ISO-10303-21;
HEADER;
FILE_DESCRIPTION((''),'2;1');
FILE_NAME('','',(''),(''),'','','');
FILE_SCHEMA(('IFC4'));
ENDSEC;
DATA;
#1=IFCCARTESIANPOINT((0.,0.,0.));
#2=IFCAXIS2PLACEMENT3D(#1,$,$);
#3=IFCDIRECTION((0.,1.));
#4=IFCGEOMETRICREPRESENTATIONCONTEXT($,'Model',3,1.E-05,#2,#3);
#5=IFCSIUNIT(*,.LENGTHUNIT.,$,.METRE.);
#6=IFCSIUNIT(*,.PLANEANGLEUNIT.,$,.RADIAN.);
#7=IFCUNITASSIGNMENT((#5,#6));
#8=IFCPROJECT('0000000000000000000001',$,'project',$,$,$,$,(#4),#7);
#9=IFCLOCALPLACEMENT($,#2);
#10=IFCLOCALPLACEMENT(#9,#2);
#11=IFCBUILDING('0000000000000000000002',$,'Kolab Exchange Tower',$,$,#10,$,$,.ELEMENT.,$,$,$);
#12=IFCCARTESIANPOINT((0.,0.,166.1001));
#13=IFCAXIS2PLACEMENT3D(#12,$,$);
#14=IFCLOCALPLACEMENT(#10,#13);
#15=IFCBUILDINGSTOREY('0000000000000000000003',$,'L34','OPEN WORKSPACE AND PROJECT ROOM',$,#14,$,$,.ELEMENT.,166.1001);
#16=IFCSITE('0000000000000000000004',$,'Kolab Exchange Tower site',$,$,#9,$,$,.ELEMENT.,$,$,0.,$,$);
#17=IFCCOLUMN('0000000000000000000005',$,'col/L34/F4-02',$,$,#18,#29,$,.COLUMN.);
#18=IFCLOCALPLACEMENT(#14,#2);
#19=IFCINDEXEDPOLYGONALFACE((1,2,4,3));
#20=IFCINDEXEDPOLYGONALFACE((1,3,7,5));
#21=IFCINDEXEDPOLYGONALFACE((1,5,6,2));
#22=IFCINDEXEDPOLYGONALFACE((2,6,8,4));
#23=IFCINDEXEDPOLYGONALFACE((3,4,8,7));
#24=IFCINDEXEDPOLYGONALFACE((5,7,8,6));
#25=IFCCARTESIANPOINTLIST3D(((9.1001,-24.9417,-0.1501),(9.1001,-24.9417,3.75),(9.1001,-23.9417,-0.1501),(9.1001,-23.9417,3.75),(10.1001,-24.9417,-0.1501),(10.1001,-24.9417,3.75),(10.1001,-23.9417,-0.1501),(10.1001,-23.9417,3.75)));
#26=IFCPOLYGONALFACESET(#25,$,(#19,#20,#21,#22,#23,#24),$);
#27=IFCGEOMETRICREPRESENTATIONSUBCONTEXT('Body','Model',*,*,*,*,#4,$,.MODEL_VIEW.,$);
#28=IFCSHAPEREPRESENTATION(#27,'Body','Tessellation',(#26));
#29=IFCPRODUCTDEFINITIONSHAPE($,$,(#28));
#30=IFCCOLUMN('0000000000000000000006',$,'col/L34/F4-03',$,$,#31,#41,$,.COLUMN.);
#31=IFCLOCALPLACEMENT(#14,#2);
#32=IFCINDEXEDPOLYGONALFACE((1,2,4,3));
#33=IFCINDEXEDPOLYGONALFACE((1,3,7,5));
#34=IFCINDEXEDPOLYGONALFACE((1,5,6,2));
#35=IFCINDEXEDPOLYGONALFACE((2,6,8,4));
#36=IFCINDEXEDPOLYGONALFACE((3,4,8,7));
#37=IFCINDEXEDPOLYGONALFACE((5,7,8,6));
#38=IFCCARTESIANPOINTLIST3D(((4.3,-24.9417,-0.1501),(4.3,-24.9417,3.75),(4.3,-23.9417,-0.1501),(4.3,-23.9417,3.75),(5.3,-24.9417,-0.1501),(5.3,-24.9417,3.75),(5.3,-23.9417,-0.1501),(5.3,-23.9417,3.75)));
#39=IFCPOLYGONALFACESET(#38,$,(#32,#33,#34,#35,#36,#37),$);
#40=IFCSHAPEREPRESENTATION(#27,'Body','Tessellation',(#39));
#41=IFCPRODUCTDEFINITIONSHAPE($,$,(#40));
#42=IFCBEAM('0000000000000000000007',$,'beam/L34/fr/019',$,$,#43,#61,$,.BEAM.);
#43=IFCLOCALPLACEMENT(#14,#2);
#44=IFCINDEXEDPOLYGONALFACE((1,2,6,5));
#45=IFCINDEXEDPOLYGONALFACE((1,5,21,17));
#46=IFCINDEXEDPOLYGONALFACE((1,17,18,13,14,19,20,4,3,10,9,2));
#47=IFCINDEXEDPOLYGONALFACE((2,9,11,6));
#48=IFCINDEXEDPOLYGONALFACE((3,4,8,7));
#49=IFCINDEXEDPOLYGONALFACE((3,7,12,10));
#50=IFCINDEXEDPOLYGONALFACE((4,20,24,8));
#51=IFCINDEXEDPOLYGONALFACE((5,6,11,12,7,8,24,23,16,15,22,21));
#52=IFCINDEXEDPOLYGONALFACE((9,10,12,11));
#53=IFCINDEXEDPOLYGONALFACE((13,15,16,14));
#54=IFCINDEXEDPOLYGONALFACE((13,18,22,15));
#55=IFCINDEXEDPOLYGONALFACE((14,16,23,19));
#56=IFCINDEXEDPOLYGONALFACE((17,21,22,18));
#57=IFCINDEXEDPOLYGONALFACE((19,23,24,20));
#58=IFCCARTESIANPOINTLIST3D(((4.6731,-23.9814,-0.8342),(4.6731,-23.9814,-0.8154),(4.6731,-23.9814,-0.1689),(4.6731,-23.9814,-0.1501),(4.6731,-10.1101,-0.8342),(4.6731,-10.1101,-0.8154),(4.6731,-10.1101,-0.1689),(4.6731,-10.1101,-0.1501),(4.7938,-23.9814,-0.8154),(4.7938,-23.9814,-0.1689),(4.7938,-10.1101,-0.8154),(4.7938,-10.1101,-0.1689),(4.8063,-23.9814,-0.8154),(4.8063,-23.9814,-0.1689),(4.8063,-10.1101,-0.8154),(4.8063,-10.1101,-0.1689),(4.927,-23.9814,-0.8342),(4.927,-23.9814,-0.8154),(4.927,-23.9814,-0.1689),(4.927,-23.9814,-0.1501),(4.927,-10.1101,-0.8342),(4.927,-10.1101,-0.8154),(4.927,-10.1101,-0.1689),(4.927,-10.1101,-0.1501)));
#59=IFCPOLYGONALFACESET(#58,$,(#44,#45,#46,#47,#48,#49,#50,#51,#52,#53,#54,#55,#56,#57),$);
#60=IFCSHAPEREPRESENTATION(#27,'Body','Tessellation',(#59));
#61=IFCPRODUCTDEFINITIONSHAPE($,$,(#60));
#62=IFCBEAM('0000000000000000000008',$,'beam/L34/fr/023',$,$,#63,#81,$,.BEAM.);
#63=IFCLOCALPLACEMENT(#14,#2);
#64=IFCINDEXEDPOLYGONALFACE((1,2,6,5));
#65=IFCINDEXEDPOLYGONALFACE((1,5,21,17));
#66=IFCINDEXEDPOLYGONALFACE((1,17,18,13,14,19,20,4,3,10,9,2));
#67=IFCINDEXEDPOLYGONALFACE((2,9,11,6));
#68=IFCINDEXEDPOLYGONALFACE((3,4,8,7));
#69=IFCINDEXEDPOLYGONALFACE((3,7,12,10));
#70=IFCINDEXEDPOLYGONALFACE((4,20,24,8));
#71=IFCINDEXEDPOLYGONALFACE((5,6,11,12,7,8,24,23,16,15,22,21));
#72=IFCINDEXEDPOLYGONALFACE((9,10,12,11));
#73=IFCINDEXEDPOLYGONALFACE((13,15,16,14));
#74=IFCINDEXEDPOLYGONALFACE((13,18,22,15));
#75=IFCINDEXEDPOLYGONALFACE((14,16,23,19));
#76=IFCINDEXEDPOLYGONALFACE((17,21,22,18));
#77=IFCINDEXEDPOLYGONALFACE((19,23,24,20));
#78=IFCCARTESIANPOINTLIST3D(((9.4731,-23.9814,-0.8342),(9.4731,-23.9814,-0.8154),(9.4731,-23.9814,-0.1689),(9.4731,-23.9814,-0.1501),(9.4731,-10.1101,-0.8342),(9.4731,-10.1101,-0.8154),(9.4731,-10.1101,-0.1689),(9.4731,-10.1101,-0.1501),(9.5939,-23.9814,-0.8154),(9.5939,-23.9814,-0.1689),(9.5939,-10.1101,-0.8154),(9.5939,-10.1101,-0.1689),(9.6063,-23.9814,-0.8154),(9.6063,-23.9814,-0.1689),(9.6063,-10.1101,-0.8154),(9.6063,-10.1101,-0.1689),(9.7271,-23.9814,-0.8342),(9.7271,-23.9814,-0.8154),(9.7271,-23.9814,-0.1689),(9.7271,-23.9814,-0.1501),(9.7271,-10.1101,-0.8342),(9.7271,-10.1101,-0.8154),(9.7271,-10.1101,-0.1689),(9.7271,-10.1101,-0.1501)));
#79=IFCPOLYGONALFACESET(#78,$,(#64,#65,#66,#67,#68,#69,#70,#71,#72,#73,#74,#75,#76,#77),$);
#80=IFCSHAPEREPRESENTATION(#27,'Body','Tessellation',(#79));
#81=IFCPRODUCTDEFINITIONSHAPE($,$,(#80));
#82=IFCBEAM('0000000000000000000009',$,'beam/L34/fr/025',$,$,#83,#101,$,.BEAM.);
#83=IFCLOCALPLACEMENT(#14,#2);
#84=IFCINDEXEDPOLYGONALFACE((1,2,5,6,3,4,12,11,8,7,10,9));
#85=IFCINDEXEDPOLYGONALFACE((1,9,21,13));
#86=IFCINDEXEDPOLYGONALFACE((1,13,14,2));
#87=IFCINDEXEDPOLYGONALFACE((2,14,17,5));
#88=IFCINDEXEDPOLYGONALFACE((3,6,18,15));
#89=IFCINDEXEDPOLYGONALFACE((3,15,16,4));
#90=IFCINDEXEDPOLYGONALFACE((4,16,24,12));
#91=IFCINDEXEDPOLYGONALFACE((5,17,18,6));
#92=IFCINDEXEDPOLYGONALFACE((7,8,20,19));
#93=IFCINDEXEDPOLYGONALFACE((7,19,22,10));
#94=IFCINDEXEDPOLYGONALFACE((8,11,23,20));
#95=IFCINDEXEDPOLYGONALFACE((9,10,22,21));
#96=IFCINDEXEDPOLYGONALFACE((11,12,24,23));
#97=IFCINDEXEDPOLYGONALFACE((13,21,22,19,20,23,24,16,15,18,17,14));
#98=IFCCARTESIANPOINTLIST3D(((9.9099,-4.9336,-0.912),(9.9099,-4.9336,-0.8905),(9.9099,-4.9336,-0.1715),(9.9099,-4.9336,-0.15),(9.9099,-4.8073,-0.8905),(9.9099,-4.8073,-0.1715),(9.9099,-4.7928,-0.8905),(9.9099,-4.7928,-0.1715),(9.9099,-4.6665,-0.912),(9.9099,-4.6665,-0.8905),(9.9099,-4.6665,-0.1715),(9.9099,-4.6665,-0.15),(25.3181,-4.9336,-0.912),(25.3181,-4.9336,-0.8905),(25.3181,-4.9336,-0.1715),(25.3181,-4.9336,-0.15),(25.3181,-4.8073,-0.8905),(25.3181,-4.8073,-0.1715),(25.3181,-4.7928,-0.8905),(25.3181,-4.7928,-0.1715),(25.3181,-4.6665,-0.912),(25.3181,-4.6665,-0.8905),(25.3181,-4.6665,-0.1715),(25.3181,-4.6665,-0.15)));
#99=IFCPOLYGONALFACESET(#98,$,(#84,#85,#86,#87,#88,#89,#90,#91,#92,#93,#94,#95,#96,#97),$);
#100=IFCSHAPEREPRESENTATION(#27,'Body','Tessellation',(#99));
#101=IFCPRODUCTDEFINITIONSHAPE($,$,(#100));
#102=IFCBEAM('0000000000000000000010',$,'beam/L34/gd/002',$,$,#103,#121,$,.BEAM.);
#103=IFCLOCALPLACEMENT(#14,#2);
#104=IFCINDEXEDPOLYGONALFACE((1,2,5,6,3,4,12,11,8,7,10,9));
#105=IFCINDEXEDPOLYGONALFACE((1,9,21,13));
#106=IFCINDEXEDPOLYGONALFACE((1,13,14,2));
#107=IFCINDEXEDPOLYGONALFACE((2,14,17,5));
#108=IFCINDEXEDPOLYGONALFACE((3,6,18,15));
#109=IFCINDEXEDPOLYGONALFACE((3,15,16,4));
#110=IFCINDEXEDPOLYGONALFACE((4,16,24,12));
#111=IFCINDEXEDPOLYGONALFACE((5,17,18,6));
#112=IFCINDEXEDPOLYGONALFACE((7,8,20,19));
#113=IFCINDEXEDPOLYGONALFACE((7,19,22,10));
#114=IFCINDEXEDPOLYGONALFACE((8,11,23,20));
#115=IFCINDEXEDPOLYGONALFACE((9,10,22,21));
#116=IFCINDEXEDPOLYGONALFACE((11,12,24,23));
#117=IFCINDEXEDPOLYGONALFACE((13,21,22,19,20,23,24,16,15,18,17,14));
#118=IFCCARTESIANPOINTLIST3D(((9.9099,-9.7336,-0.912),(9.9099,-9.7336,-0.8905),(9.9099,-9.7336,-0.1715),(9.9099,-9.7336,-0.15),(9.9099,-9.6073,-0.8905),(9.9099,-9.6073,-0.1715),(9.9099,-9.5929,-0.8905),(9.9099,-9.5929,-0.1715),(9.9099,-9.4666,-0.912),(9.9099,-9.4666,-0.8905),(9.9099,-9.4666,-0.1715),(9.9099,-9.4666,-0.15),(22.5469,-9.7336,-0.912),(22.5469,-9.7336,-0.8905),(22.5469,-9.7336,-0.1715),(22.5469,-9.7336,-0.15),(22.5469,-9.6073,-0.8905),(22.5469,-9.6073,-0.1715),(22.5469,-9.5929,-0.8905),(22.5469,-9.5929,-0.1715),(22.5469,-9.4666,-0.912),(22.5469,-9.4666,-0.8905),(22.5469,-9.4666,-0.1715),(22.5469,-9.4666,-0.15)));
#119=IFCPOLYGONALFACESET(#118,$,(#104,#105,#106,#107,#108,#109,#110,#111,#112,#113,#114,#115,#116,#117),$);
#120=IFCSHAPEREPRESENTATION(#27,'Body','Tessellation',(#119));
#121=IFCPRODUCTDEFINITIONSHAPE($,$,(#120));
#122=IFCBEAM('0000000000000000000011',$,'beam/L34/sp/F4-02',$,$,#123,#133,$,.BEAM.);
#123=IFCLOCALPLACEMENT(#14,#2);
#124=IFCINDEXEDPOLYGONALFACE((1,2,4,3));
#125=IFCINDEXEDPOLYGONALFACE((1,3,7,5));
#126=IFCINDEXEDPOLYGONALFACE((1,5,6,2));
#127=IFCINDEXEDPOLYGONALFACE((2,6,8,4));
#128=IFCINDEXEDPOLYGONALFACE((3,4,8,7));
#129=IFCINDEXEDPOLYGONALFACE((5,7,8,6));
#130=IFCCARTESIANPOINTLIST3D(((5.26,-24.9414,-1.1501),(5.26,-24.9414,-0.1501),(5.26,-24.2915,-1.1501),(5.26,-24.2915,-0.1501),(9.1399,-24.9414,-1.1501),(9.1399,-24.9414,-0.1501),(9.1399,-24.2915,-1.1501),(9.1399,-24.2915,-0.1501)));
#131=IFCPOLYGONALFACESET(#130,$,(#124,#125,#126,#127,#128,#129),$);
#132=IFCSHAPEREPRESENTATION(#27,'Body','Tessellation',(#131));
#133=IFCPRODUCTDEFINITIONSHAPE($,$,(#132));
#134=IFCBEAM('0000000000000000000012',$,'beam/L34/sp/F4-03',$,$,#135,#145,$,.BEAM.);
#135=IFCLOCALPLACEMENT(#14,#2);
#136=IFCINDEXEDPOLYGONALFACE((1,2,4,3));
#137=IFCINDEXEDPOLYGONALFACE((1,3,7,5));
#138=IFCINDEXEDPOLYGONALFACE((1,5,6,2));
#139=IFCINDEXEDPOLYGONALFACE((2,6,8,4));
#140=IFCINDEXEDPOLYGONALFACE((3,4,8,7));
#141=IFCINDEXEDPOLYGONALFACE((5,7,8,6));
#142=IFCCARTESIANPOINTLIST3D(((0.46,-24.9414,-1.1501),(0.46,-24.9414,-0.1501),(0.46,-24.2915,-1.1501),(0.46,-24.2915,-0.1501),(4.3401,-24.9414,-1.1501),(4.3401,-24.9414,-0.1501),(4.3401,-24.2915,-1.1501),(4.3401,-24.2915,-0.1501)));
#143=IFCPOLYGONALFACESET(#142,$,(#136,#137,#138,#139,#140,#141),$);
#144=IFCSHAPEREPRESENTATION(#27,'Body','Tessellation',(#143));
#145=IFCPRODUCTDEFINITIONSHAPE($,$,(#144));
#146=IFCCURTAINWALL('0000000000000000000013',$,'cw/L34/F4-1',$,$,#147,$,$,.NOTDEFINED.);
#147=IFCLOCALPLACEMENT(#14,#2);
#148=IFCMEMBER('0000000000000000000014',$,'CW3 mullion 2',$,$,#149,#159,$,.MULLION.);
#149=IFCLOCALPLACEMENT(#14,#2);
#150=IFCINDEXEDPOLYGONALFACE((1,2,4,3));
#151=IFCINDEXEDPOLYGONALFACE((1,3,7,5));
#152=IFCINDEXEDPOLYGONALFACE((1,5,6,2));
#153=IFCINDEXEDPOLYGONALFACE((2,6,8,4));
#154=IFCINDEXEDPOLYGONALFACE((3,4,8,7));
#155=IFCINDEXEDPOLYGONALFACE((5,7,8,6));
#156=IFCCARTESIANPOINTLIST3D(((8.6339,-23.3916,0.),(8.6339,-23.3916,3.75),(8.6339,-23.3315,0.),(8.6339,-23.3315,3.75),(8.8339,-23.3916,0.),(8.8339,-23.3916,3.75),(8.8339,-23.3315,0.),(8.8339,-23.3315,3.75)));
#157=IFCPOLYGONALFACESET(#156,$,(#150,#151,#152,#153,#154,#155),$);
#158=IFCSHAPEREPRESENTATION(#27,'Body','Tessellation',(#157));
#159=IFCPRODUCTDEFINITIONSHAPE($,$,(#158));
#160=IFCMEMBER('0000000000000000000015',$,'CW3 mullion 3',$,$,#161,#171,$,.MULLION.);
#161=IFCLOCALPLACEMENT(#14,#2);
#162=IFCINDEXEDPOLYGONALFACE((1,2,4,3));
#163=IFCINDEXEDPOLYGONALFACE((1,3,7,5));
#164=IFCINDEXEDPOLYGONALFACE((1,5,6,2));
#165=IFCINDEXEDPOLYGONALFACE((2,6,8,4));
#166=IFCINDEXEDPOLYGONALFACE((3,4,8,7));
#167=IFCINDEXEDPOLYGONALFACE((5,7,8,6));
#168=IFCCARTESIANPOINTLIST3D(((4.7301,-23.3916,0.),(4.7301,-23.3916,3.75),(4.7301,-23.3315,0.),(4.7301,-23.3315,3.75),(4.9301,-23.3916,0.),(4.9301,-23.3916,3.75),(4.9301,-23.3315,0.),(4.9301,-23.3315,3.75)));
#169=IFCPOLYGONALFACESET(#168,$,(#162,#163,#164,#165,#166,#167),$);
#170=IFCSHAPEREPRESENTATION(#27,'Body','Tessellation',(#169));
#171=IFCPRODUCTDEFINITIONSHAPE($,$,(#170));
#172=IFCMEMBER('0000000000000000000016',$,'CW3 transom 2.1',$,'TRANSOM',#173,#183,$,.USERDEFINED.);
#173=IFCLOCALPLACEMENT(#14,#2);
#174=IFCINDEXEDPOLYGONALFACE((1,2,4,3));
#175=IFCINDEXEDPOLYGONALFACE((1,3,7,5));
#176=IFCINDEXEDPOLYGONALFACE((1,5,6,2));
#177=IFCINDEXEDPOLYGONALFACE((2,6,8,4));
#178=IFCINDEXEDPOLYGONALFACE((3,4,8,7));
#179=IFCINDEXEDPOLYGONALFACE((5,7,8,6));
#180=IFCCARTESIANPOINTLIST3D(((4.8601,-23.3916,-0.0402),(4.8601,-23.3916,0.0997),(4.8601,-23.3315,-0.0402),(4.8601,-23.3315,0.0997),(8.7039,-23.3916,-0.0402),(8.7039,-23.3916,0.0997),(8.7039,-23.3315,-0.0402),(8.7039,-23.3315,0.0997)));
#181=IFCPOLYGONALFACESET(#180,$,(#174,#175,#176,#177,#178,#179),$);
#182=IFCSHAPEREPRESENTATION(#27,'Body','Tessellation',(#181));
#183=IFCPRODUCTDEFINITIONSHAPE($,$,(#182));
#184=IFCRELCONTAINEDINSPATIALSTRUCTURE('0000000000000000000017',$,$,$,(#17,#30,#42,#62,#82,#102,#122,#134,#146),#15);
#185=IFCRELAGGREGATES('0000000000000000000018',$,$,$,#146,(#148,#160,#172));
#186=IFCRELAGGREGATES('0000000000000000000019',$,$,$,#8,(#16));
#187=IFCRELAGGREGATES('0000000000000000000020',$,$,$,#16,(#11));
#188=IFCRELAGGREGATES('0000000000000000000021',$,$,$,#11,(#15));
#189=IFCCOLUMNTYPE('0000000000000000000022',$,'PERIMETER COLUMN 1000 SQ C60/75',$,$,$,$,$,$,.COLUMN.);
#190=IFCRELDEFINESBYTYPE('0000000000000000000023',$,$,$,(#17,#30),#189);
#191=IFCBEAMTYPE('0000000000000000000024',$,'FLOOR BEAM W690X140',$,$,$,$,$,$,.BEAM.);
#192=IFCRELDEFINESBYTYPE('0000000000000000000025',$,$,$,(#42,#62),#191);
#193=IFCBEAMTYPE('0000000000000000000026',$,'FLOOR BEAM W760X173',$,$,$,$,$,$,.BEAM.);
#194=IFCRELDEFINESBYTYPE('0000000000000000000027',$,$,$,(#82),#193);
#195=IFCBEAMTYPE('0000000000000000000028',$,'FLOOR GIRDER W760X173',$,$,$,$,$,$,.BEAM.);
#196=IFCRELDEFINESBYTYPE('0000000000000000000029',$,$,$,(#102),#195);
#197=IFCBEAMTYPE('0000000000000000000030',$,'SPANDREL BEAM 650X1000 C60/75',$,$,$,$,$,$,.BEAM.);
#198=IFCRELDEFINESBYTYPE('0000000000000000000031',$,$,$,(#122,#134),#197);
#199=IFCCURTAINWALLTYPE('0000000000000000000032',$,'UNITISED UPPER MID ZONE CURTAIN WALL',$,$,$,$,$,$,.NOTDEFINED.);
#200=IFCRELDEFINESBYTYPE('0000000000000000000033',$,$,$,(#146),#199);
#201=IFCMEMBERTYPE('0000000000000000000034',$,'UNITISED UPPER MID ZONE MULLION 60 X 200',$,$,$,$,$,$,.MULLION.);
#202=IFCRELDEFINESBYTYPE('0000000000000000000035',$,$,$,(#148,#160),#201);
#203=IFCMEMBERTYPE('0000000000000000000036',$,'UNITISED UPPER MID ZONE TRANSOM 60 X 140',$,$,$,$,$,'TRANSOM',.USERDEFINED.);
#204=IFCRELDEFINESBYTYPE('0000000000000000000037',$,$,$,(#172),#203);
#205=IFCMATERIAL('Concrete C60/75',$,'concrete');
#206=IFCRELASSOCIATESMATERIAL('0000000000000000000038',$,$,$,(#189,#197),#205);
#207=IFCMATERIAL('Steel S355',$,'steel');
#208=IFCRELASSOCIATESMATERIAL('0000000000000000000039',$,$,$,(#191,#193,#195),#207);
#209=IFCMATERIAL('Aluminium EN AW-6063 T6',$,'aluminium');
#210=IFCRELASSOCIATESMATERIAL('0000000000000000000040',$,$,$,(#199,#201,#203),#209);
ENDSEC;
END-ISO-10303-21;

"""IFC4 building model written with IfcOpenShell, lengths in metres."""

from ifc_helpers import new_model, si_unit, direction, frame, origin, origin_2d, place, context, subcontext, project, spatial, rectangle, i_section, extrude, material, material_profile, profile_set, type_object, element, aggregate, save


model = new_model("IFC4")

# Units and contexts
model_context = context("Model", 3, precision=1e-05, world=origin(), true_north=direction((0.0, 1.0)))
body_context = subcontext(model_context, "Body", "Model", "MODEL_VIEW")
ifc_project = project(units=[si_unit("LENGTHUNIT", "METRE"), si_unit("PLANEANGLEUNIT", "RADIAN")], contexts=[model_context])

# Site, building, storey
site_placement = place(None, origin())
site = spatial("IfcSite", under=ifc_project, at=site_placement, Name="Kolab Exchange Tower site", CompositionType="ELEMENT", RefElevation=0.0)
building_placement = place(site_placement, origin())
building = spatial("IfcBuilding", under=site, at=building_placement, Name="Kolab Exchange Tower", CompositionType="ELEMENT")
storey_placement = place(building_placement, frame((0.0, 0.0, 166.1001)))
storey = spatial("IfcBuildingStorey", under=building, at=storey_placement, Name="L34", Description="OPEN WORKSPACE AND PROJECT ROOM", CompositionType="ELEMENT", Elevation=166.1001)

# Columns
ifc_material_1 = material(Name="Concrete C60/75", Category="concrete")
ifc_material_profile_1 = material_profile(ifc_material_1, rectangle(XDim=1.0, YDim=1.0, at=origin_2d()), Name="RC1000")
ifc_profile_set_1 = profile_set([ifc_material_profile_1], Name="Concrete C60/75")
column_type = type_object("IfcColumnType", Name="PERIMETER COLUMN 1000 SQ C60/75", PredefinedType="COLUMN", material=ifc_profile_set_1)
for number, where, z_axis, x_axis, name in (
    (1, (9.6001, -24.4417, -0.1501), (0.0, 0.0, 1.0), (1.0, 0.0, 0.0), "col/L34/F4-02"),
    (2, (4.8, -24.4417, -0.1501), (0.0, 0.0, 1.0), (1.0, 0.0, 0.0), "col/L34/F4-03"),
):
    element("IfcColumn", number, at=place(storey_placement, frame(where, z_axis=z_axis, x_axis=x_axis)), inside=storey, type_object=column_type, Name=name, PredefinedType="COLUMN", context=body_context, shape_type="SweptSolid", body=[
        extrude(rectangle(XDim=1.0, YDim=1.0, at=origin_2d()), origin(), (0.0, 0.0, 1.0), 3.9001),
    ])

# Beams
ifc_material_2 = material(Name="Steel S355", Category="steel")
ifc_material_profile_2 = material_profile(ifc_material_2, i_section(OverallWidth=0.2539, OverallDepth=0.6841, WebThickness=0.0125, FlangeThickness=0.0188, at=origin_2d()), Name="W690X140")
ifc_profile_set_2 = profile_set([ifc_material_profile_2], Name="Steel S355")
beam_type_1 = type_object("IfcBeamType", Name="FLOOR BEAM W690X140", PredefinedType="BEAM", material=ifc_profile_set_2)
for number, where, z_axis, x_axis, name in (
    (3, (4.8, -23.9814, -0.4922), (0.0, 1.0, 0.0), (-1.0, 0.0, 0.0), "beam/L34/fr/019"),
    (4, (9.6001, -23.9814, -0.4922), (0.0, 1.0, 0.0), (-1.0, 0.0, 0.0), "beam/L34/fr/023"),
):
    element("IfcBeam", number, at=place(storey_placement, frame(where, z_axis=z_axis, x_axis=x_axis)), inside=storey, type_object=beam_type_1, Name=name, PredefinedType="BEAM", context=body_context, shape_type="SweptSolid", body=[
        extrude(i_section(OverallWidth=0.2539, OverallDepth=0.6841, WebThickness=0.0125, FlangeThickness=0.0188, at=origin_2d()), origin(), (0.0, 0.0, 1.0), 13.8713),
    ])
ifc_material_profile_3 = material_profile(ifc_material_2, i_section(OverallWidth=0.2671, OverallDepth=0.762, WebThickness=0.0144, FlangeThickness=0.0215, at=origin_2d()), Name="W760X173")
ifc_profile_set_3 = profile_set([ifc_material_profile_3], Name="Steel S355")
beam_type_2 = type_object("IfcBeamType", Name="FLOOR BEAM W760X173", PredefinedType="BEAM", material=ifc_profile_set_3)
beam_1_placement = place(storey_placement, frame((9.9099, -4.8, -0.531), z_axis=(1.0, 0.0, 0.0), x_axis=(0.0, 1.0, 0.0)))
element("IfcBeam", 5, at=beam_1_placement, inside=storey, type_object=beam_type_2, Name="beam/L34/fr/025", PredefinedType="BEAM", context=body_context, shape_type="SweptSolid", body=[
    extrude(i_section(OverallWidth=0.2671, OverallDepth=0.762, WebThickness=0.0144, FlangeThickness=0.0215, at=origin_2d()), origin(), (0.0, 0.0, 1.0), 15.4082),
])
ifc_material_profile_4 = material_profile(ifc_material_2, i_section(OverallWidth=0.2671, OverallDepth=0.762, WebThickness=0.0144, FlangeThickness=0.0215, at=origin_2d()), Name="W760X173")
ifc_profile_set_4 = profile_set([ifc_material_profile_4], Name="Steel S355")
beam_type_3 = type_object("IfcBeamType", Name="FLOOR GIRDER W760X173", PredefinedType="BEAM", material=ifc_profile_set_4)
beam_2_placement = place(storey_placement, frame((9.9099, -9.6001, -0.531), z_axis=(1.0, 0.0, 0.0), x_axis=(0.0, 1.0, 0.0)))
element("IfcBeam", 6, at=beam_2_placement, inside=storey, type_object=beam_type_3, Name="beam/L34/gd/002", PredefinedType="BEAM", context=body_context, shape_type="SweptSolid", body=[
    extrude(i_section(OverallWidth=0.2671, OverallDepth=0.762, WebThickness=0.0144, FlangeThickness=0.0215, at=origin_2d()), origin(), (0.0, 0.0, 1.0), 12.637),
])
ifc_material_profile_5 = material_profile(ifc_material_1, rectangle(XDim=0.6499, YDim=1.0, at=origin_2d()), Name="RC650X1000")
ifc_profile_set_5 = profile_set([ifc_material_profile_5], Name="Concrete C60/75")
beam_type_4 = type_object("IfcBeamType", Name="SPANDREL BEAM 650X1000 C60/75", PredefinedType="BEAM", material=ifc_profile_set_5)
beam_3_placement = place(storey_placement, frame((9.1399, -24.6165, -0.6501), z_axis=(-1.0, 0.0, 0.0), x_axis=(0.0, -1.0, 0.0)))
element("IfcBeam", 7, at=beam_3_placement, inside=storey, type_object=beam_type_4, Name="beam/L34/sp/F4-02", PredefinedType="BEAM", context=body_context, shape_type="SweptSolid", body=[
    extrude(rectangle(XDim=0.6499, YDim=1.0, at=origin_2d()), origin(), (0.0, 0.0, 1.0), 3.8799),
])
beam_4_placement = place(storey_placement, frame((4.3401, -24.6165, -0.6501), z_axis=(-1.0, 0.0, 0.0), x_axis=(0.0, -1.0, 0.0)))
element("IfcBeam", 8, at=beam_4_placement, inside=storey, type_object=beam_type_4, Name="beam/L34/sp/F4-03", PredefinedType="BEAM", context=body_context, shape_type="SweptSolid", body=[
    extrude(rectangle(XDim=0.6499, YDim=1.0, at=origin_2d()), origin(), (0.0, 0.0, 1.0), 3.8801),
])

# Curtain wall, members
ifc_material_3 = material(Name="Aluminium EN AW-6063 T6", Category="aluminium")
curtain_wall_type = type_object("IfcCurtainWallType", Name="UNITISED UPPER MID ZONE CURTAIN WALL", PredefinedType="NOTDEFINED", material=ifc_material_3)
curtain_wall_placement = place(storey_placement, origin())
curtain_wall = element("IfcCurtainWall", 9, at=curtain_wall_placement, inside=storey, type_object=curtain_wall_type, Name="cw/L34/F4-1", PredefinedType="NOTDEFINED")
ifc_material_profile_6 = material_profile(ifc_material_3, rectangle(XDim=0.0601, YDim=0.2, at=origin_2d()), Name="RECT 60X200")
ifc_profile_set_6 = profile_set([ifc_material_profile_6], Name="Aluminium EN AW-6063 T6")
member_type_1 = type_object("IfcMemberType", Name="UNITISED UPPER MID ZONE MULLION 60 X 200", PredefinedType="MULLION", material=ifc_profile_set_6)
member_1_placement = place(storey_placement, frame((8.7339, -23.3616, 0.0), z_axis=(0.0, 0.0, 1.0), x_axis=(0.0, -1.0, 0.0)))
member_1 = element("IfcMember", 10, at=member_1_placement, type_object=member_type_1, Name="CW3 mullion 2", PredefinedType="MULLION", context=body_context, shape_type="SweptSolid", body=[
    extrude(rectangle(XDim=0.0601, YDim=0.2, at=origin_2d()), origin(), (0.0, 0.0, 1.0), 3.75),
])
member_2_placement = place(storey_placement, frame((4.8301, -23.3616, 0.0), z_axis=(0.0, 0.0, 1.0), x_axis=(0.0, -1.0, 0.0)))
member_2 = element("IfcMember", 11, at=member_2_placement, type_object=member_type_1, Name="CW3 mullion 3", PredefinedType="MULLION", context=body_context, shape_type="SweptSolid", body=[
    extrude(rectangle(XDim=0.0601, YDim=0.2, at=origin_2d()), origin(), (0.0, 0.0, 1.0), 3.75),
])
ifc_material_profile_7 = material_profile(ifc_material_3, rectangle(XDim=0.0601, YDim=0.1399, at=origin_2d()), Name="RECT 60X140")
ifc_profile_set_7 = profile_set([ifc_material_profile_7], Name="Aluminium EN AW-6063 T6")
member_type_2 = type_object("IfcMemberType", Name="UNITISED UPPER MID ZONE TRANSOM 60 X 140", ElementType="TRANSOM", PredefinedType="USERDEFINED", material=ifc_profile_set_7)
member_3_placement = place(storey_placement, frame((8.7039, -23.3616, 0.0298), z_axis=(-1.0, 0.0, 0.0), x_axis=(0.0, -1.0, 0.0)))
member_3 = element("IfcMember", 12, at=member_3_placement, type_object=member_type_2, Name="CW3 transom 2.1", ObjectType="TRANSOM", PredefinedType="USERDEFINED", context=body_context, shape_type="SweptSolid", body=[
    extrude(rectangle(XDim=0.0601, YDim=0.1399, at=origin_2d()), origin(), (0.0, 0.0, 1.0), 3.8438),
])
aggregate(curtain_wall, [member_1, member_2, member_3])

save(model, "model.ifc")
